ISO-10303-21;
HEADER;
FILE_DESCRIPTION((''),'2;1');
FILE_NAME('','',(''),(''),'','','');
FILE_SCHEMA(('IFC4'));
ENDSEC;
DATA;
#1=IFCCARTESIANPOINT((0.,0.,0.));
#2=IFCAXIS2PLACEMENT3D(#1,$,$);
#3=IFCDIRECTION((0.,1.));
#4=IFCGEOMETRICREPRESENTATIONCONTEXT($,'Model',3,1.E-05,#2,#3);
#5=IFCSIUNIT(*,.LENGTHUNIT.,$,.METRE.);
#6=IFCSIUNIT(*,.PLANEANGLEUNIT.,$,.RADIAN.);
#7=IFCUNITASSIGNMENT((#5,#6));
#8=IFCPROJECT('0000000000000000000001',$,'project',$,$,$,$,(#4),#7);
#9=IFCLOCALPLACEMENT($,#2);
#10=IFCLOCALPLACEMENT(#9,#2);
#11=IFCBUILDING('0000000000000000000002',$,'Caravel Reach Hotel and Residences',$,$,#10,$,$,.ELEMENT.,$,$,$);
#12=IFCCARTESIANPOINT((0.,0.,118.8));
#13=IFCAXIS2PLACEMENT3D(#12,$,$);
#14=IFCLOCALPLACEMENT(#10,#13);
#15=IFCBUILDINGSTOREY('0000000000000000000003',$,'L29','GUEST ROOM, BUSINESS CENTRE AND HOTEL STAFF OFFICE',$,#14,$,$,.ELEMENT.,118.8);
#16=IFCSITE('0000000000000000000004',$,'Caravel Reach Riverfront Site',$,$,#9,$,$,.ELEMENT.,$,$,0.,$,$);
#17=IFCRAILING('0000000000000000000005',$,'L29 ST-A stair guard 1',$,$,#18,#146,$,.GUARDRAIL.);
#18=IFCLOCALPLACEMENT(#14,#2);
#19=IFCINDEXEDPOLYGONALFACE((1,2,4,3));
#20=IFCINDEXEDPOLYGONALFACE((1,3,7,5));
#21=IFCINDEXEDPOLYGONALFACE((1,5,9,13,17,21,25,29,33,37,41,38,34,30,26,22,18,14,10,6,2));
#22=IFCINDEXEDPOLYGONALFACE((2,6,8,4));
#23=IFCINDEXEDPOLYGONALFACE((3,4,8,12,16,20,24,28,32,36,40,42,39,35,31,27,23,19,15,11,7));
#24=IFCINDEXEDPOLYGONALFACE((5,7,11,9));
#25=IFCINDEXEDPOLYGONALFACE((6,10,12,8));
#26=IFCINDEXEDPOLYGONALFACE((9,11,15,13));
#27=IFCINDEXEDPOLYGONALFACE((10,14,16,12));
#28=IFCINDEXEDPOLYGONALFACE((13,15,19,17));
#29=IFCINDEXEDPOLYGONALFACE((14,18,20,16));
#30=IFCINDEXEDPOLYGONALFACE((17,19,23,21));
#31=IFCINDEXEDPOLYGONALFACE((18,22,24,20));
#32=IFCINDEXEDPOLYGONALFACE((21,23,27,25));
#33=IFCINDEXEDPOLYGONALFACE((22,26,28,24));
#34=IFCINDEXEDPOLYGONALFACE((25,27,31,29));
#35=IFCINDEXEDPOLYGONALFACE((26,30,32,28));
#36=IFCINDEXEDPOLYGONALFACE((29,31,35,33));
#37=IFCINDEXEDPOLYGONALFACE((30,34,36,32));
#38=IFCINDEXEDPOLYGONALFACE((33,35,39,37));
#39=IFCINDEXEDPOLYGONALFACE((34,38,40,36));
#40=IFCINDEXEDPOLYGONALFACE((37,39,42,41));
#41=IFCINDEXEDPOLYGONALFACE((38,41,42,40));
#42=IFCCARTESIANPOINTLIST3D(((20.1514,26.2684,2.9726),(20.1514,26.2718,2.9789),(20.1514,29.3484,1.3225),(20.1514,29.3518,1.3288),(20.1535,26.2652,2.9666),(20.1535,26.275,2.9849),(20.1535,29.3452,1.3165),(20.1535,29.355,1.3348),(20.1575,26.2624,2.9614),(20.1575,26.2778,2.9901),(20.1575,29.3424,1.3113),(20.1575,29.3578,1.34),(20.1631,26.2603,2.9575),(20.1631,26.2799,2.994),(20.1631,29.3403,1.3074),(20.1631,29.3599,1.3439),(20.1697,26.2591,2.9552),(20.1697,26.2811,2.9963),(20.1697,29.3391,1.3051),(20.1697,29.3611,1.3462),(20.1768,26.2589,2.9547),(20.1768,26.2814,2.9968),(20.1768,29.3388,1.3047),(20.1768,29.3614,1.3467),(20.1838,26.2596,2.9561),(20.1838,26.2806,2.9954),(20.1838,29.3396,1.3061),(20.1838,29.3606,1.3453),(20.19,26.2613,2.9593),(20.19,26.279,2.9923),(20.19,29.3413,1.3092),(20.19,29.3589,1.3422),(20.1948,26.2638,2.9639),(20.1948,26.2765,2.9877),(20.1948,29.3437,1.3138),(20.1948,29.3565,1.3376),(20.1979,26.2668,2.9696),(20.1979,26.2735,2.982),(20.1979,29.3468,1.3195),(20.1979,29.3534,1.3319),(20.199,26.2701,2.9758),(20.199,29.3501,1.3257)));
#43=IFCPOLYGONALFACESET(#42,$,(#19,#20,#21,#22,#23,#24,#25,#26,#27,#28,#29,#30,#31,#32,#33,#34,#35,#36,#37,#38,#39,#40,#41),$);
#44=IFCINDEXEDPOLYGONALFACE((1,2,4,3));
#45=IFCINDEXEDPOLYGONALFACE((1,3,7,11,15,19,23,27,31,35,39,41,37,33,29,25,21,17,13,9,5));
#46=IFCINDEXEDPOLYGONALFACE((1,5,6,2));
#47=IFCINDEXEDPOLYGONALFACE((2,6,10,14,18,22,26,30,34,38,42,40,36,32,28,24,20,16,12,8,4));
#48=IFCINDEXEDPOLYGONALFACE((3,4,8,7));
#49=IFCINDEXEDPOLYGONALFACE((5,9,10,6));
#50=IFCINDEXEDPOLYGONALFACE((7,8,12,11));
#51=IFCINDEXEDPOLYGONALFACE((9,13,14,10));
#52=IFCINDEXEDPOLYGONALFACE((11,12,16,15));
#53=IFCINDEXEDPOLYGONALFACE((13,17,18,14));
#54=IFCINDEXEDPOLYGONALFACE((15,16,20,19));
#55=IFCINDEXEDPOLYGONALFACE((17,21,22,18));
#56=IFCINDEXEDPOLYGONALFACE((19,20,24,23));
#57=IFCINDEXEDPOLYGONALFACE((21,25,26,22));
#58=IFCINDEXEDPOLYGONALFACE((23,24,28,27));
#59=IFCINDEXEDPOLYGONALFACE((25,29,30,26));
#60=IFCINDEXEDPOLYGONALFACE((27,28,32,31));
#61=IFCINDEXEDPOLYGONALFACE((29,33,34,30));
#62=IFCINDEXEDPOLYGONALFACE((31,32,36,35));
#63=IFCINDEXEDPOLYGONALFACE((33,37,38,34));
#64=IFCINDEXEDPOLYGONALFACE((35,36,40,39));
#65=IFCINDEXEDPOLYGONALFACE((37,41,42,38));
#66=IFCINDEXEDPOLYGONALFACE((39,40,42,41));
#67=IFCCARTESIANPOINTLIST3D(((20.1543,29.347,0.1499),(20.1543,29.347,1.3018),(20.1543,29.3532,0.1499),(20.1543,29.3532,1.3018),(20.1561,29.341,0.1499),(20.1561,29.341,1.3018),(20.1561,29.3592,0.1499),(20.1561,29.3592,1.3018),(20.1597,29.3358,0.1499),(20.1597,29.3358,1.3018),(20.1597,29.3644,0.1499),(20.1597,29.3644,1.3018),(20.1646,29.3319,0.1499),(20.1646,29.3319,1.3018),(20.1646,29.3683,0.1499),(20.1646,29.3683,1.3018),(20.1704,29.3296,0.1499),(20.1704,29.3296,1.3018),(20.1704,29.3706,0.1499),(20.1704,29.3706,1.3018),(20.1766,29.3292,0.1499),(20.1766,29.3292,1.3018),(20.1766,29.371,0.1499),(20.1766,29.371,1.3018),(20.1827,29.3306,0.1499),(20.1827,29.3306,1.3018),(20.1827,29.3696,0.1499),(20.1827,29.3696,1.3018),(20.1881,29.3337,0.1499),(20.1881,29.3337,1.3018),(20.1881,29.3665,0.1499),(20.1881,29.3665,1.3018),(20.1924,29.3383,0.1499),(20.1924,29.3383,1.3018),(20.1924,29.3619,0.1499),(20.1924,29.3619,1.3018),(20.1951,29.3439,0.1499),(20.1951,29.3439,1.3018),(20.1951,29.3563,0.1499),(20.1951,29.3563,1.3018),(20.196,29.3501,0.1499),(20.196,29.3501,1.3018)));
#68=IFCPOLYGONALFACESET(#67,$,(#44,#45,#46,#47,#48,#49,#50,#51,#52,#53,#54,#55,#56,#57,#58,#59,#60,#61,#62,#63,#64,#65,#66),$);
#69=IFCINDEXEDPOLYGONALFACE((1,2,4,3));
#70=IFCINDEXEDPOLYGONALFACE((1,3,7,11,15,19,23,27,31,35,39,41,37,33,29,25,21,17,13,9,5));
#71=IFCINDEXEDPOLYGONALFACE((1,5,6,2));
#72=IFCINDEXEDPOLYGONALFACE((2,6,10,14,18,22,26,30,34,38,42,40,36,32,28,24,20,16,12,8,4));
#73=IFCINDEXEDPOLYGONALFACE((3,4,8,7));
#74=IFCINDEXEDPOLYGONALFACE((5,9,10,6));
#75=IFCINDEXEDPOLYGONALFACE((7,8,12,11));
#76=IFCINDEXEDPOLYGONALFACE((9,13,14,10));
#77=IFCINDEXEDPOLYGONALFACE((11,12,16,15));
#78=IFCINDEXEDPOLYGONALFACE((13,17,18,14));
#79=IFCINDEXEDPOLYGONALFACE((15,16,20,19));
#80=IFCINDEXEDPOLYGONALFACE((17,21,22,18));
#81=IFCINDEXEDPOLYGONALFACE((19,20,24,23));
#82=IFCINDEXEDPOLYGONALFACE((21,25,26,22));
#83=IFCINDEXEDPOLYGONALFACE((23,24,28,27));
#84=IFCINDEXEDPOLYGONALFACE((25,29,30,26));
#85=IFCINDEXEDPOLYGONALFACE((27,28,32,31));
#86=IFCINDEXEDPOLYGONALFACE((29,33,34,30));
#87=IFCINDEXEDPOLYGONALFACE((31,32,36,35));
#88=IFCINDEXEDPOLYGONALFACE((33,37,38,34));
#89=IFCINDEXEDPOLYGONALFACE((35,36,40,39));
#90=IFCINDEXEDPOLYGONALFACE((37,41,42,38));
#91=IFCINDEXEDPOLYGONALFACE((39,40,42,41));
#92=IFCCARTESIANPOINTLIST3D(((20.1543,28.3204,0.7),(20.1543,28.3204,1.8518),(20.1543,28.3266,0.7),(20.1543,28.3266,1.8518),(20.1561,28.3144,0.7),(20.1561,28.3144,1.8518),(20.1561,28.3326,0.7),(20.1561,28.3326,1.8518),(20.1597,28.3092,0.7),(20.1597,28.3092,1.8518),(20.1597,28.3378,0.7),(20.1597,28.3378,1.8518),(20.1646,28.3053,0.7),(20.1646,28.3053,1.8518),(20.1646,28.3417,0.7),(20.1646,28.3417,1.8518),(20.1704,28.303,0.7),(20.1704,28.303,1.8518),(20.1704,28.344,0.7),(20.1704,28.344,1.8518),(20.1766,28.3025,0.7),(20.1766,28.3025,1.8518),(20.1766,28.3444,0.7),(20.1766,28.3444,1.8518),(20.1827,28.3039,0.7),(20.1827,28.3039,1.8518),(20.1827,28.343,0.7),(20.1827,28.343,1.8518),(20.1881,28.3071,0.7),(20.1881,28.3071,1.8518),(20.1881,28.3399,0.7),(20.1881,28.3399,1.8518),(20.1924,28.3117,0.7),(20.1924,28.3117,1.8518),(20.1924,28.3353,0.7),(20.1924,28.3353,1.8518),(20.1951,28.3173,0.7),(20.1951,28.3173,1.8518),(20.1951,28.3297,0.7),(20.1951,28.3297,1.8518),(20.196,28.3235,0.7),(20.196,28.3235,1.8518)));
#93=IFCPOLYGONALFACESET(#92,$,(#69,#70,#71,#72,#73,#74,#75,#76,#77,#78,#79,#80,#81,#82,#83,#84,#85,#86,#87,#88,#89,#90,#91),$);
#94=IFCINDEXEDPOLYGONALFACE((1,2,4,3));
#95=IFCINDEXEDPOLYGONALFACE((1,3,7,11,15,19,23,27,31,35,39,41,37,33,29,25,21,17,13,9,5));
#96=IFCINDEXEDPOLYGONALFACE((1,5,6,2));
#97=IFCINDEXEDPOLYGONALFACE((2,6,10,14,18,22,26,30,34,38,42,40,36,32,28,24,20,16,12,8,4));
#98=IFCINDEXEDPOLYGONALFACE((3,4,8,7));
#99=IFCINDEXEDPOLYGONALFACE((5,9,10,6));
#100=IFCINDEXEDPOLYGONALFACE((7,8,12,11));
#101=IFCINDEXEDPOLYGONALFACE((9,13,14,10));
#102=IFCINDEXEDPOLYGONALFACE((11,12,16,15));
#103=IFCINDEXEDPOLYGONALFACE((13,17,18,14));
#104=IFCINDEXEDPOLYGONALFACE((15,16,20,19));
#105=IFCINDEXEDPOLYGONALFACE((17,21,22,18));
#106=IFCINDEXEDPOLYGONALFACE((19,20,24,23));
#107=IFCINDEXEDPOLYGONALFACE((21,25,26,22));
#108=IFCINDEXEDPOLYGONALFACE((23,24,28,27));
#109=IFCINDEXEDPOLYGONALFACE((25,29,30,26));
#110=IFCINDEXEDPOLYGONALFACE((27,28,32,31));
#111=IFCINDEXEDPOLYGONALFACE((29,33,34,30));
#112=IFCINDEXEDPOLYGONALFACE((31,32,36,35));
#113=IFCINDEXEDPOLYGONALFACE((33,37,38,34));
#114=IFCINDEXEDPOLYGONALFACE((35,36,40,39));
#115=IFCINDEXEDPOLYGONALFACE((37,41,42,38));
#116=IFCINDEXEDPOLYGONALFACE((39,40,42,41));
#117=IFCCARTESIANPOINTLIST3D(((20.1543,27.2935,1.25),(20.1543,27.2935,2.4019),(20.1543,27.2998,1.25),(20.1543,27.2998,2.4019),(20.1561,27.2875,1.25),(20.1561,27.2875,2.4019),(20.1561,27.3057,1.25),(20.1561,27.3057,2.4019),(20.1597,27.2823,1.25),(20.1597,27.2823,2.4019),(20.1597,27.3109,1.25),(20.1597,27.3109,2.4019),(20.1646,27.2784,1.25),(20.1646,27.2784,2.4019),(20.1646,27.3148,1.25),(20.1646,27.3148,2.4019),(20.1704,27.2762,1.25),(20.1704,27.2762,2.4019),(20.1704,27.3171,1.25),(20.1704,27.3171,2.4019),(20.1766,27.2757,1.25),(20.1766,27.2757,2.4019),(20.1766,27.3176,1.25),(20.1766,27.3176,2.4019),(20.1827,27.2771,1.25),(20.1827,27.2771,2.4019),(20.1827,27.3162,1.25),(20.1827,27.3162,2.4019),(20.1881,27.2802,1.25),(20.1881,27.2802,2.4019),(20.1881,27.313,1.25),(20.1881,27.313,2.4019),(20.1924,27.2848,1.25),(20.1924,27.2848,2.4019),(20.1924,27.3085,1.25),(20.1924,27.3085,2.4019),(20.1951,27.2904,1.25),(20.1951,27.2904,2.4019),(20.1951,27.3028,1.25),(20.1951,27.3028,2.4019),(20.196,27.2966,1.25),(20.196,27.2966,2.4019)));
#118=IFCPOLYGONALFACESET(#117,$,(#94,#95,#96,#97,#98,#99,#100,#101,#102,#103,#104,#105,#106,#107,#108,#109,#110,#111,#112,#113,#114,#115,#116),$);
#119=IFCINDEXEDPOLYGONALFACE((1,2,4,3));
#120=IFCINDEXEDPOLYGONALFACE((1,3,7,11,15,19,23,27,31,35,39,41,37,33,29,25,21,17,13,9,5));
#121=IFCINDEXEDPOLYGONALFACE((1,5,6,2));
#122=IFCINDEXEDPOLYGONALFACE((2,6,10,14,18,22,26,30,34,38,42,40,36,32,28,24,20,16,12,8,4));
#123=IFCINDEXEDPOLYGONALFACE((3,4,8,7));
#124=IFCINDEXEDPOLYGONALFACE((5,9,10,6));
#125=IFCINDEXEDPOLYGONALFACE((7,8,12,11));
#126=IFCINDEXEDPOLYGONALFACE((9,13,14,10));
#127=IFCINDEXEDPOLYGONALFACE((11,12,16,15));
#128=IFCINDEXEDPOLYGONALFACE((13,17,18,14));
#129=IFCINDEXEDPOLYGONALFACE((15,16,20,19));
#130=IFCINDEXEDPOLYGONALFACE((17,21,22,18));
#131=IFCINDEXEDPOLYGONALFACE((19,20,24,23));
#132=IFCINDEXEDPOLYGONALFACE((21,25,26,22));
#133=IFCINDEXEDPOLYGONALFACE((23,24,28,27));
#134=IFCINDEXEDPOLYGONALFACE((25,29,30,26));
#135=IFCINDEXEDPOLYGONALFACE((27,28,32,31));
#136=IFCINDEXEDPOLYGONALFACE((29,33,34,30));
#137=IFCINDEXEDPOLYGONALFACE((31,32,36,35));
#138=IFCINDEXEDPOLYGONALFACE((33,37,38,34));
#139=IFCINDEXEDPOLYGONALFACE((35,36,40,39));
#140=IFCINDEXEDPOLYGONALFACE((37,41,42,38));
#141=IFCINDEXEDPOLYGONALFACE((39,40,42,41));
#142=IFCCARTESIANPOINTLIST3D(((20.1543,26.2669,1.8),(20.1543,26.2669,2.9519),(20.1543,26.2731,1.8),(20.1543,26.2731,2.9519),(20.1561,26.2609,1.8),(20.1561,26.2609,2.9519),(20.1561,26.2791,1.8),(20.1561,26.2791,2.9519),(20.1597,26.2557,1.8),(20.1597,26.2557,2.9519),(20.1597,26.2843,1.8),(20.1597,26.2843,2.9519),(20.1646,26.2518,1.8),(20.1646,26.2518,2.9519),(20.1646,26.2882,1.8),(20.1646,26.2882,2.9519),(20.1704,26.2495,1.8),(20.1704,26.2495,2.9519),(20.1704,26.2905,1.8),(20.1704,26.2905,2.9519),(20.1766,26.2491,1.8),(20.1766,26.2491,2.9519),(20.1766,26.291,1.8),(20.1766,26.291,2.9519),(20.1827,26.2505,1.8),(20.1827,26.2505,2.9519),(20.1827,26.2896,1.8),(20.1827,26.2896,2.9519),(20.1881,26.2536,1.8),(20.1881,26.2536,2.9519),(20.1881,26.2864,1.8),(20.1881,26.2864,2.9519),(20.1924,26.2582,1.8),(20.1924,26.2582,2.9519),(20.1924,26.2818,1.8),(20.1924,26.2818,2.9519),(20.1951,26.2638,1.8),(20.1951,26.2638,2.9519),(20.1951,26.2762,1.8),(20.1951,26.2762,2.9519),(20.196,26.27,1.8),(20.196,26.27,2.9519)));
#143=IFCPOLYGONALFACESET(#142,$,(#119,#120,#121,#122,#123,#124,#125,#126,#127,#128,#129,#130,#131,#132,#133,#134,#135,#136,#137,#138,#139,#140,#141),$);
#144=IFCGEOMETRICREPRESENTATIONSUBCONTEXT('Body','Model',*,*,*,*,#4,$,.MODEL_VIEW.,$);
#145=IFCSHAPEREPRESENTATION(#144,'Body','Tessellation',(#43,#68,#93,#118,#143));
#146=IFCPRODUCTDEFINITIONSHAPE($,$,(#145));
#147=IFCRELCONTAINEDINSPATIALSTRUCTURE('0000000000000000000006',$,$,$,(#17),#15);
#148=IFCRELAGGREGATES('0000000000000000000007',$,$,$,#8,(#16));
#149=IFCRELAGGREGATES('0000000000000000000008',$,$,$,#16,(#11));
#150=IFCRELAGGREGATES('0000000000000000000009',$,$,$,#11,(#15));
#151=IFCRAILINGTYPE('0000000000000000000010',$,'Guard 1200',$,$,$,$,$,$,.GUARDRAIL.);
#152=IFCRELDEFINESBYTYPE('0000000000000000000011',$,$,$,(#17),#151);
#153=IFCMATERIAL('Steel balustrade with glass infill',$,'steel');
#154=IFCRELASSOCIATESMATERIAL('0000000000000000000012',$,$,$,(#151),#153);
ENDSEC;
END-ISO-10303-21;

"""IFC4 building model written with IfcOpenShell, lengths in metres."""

from ifc_helpers import new_model, si_unit, direction, frame, origin, origin_2d, place, context, subcontext, project, spatial, circle, extrude, material, type_object, element, save


model = new_model("IFC4")

# Units and contexts
model_context = context("Model", 3, precision=1e-05, world=origin(), true_north=direction((0.0, 1.0)))
body_context = subcontext(model_context, "Body", "Model", "MODEL_VIEW")
ifc_project = project(units=[si_unit("LENGTHUNIT", "METRE"), si_unit("PLANEANGLEUNIT", "RADIAN")], contexts=[model_context])

# Site, building, storey
site_placement = place(None, origin())
site = spatial("IfcSite", under=ifc_project, at=site_placement, Name="Caravel Reach Riverfront Site", CompositionType="ELEMENT", RefElevation=0.0)
building_placement = place(site_placement, origin())
building = spatial("IfcBuilding", under=site, at=building_placement, Name="Caravel Reach Hotel and Residences", CompositionType="ELEMENT")
storey_placement = place(building_placement, frame((0.0, 0.0, 118.8)))
storey = spatial("IfcBuildingStorey", under=building, at=storey_placement, Name="L29", Description="GUEST ROOM, BUSINESS CENTRE AND HOTEL STAFF OFFICE", CompositionType="ELEMENT", Elevation=118.8)

# Railing
ifc_material_1 = material(Name="Steel balustrade with glass infill", Category="steel")
railing_type_1 = type_object("IfcRailingType", Name="Guard 1200", PredefinedType="GUARDRAIL", material=ifc_material_1)
railing_1_placement = place(storey_placement, frame((20.175, 29.3501, 0.1499)))
element("IfcRailing", 1, at=railing_1_placement, inside=storey, type_object=railing_type_1, Name="L29 ST-A stair guard 1", PredefinedType="GUARDRAIL", context=body_context, shape_type="SweptSolid", body=[
    extrude(circle(Radius=0.0239, at=origin_2d()), frame((0.0, 0.0, 1.1758), z_axis=(0.0, -0.881468, 0.472245), x_axis=(1.0, 0.0, 0.0)), (0.0, 0.0, 1.0), 3.4941),
    extrude(circle(Radius=0.021, at=origin_2d()), origin(), (0.0, 0.0, 1.0), 1.1519),
    extrude(circle(Radius=0.021, at=origin_2d()), frame((0.0, -1.0266, 0.55)), (0.0, 0.0, 1.0), 1.1519),
    extrude(circle(Radius=0.021, at=origin_2d()), frame((0.0, -2.0535, 1.1001)), (0.0, 0.0, 1.0), 1.1519),
    extrude(circle(Radius=0.021, at=origin_2d()), frame((0.0, -3.0801, 1.6501)), (0.0, 0.0, 1.0), 1.1519),
])

save(model, "model.ifc")
